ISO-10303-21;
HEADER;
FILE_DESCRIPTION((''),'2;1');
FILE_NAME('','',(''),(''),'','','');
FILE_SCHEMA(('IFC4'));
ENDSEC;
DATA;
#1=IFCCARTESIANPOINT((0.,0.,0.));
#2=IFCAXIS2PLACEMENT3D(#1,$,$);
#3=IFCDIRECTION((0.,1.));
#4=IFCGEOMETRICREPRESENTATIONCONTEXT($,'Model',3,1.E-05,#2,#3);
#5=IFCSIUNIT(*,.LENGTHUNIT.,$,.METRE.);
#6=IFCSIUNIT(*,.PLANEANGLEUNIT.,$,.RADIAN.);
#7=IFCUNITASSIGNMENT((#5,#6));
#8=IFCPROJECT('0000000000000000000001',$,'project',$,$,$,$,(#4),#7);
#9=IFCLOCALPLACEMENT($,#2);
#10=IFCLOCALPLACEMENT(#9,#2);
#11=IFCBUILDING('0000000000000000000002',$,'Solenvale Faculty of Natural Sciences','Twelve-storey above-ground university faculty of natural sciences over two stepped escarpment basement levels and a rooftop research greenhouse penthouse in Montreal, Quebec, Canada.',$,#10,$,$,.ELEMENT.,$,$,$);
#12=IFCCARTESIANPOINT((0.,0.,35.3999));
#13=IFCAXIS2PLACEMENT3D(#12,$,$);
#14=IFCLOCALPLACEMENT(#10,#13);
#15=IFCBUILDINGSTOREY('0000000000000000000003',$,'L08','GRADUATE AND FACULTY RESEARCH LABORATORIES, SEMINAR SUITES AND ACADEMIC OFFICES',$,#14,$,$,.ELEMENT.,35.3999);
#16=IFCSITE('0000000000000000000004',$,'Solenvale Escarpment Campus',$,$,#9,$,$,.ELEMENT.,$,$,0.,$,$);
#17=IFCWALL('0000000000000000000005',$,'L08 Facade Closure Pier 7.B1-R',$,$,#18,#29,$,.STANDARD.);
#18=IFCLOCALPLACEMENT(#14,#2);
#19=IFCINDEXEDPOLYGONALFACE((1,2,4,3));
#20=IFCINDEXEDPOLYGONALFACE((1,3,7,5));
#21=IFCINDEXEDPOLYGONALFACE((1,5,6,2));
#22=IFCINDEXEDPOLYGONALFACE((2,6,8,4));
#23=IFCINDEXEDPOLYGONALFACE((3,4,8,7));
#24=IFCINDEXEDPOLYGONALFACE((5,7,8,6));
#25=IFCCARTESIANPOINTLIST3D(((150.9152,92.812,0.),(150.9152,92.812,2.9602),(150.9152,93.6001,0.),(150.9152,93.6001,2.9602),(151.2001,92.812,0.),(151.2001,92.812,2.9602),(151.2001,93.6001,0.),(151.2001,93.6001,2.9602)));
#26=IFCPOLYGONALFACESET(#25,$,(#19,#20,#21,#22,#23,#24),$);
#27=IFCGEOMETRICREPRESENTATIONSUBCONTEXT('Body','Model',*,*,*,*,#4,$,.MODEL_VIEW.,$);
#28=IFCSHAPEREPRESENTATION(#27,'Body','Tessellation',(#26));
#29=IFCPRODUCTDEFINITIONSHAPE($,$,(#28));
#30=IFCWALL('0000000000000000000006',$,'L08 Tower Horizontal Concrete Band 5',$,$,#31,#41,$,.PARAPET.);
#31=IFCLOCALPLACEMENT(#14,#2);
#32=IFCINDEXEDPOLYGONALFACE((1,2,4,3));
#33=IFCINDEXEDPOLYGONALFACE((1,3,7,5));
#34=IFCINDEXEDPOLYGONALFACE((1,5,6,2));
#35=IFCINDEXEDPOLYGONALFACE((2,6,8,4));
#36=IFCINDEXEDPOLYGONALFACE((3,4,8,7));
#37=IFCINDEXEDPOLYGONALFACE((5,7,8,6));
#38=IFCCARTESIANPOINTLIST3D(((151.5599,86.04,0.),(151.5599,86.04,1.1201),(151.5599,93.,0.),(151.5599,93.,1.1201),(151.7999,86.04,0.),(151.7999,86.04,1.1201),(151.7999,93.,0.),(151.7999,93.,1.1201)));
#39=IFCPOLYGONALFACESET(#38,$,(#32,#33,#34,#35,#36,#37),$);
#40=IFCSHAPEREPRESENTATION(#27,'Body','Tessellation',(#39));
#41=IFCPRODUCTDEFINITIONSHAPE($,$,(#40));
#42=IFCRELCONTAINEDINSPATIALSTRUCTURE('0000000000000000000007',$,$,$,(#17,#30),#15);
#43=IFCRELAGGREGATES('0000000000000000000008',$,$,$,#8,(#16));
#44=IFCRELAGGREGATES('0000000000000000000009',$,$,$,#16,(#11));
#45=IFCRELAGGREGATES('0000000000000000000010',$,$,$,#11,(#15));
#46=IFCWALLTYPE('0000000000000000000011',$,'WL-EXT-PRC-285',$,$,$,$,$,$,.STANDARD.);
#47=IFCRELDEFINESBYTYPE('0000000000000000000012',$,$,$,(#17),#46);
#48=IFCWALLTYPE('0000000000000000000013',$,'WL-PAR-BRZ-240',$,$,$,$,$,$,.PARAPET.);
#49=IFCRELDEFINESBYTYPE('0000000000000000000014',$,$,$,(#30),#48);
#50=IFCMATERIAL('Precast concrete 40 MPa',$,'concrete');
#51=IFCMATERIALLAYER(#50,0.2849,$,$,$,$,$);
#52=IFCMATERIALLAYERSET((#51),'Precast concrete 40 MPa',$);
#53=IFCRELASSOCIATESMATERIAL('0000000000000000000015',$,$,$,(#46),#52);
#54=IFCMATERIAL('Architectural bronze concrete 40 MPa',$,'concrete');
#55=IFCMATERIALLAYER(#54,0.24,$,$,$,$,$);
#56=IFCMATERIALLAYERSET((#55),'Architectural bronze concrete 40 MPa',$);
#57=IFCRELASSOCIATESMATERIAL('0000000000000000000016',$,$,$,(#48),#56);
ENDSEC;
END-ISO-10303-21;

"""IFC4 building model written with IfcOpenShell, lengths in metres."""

from ifc_helpers import new_model, si_unit, direction, frame, frame_2d, origin, place, context, subcontext, project, spatial, rectangle, extrude, material, layer, layer_set, type_object, element, save


model = new_model("IFC4")

# Units and contexts
model_context = context("Model", 3, precision=1e-05, world=origin(), true_north=direction((0.0, 1.0)))
body_context = subcontext(model_context, "Body", "Model", "MODEL_VIEW")
ifc_project = project(units=[si_unit("LENGTHUNIT", "METRE"), si_unit("PLANEANGLEUNIT", "RADIAN")], contexts=[model_context])

# Site, building, storey
site_placement = place(None, origin())
site = spatial("IfcSite", under=ifc_project, at=site_placement, Name="Solenvale Escarpment Campus", CompositionType="ELEMENT", RefElevation=0.0)
building_placement = place(site_placement, origin())
building = spatial("IfcBuilding", under=site, at=building_placement, Name="Solenvale Faculty of Natural Sciences", Description="Twelve-storey above-ground university faculty of natural sciences over two stepped escarpment basement levels and a rooftop research greenhouse penthouse in Montreal, Quebec, Canada.", CompositionType="ELEMENT")
storey_placement = place(building_placement, frame((0.0, 0.0, 35.3999)))
storey = spatial("IfcBuildingStorey", under=building, at=storey_placement, Name="L08", Description="GRADUATE AND FACULTY RESEARCH LABORATORIES, SEMINAR SUITES AND ACADEMIC OFFICES", CompositionType="ELEMENT", Elevation=35.3999)

# Walls
ifc_material_1 = material(Name="Precast concrete 40 MPa", Category="concrete")
ifc_layer_1 = layer(ifc_material_1, 0.2849)
ifc_layer_set_1 = layer_set([ifc_layer_1], Name="Precast concrete 40 MPa")
wall_type_1 = type_object("IfcWallType", Name="WL-EXT-PRC-285", PredefinedType="STANDARD", material=ifc_layer_set_1)
wall_1_placement = place(storey_placement, frame((151.0576, 92.812, 0.0), z_axis=(0.0, 0.0, 1.0), x_axis=(0.0, 1.0, 0.0)))
element("IfcWall", 1, at=wall_1_placement, inside=storey, type_object=wall_type_1, Name="L08 Facade Closure Pier 7.B1-R", PredefinedType="STANDARD", context=body_context, shape_type="SweptSolid", body=[
    extrude(rectangle(XDim=0.7881, YDim=0.2849, at=frame_2d((0.394, 0.0))), origin(), (0.0, 0.0, 1.0), 2.9602),
])
ifc_material_2 = material(Name="Architectural bronze concrete 40 MPa", Category="concrete")
ifc_layer_2 = layer(ifc_material_2, 0.24)
ifc_layer_set_2 = layer_set([ifc_layer_2], Name="Architectural bronze concrete 40 MPa")
wall_type_2 = type_object("IfcWallType", Name="WL-PAR-BRZ-240", PredefinedType="PARAPET", material=ifc_layer_set_2)
wall_2_placement = place(storey_placement, frame((151.6799, 93.0, 0.0), z_axis=(0.0, 0.0, 1.0), x_axis=(0.0, -1.0, 0.0)))
element("IfcWall", 2, at=wall_2_placement, inside=storey, type_object=wall_type_2, Name="L08 Tower Horizontal Concrete Band 5", PredefinedType="PARAPET", context=body_context, shape_type="SweptSolid", body=[
    extrude(rectangle(XDim=6.96, YDim=0.24, at=frame_2d((3.48, 0.0))), origin(), (0.0, 0.0, 1.0), 1.1201),
])

save(model, "model.ifc")
